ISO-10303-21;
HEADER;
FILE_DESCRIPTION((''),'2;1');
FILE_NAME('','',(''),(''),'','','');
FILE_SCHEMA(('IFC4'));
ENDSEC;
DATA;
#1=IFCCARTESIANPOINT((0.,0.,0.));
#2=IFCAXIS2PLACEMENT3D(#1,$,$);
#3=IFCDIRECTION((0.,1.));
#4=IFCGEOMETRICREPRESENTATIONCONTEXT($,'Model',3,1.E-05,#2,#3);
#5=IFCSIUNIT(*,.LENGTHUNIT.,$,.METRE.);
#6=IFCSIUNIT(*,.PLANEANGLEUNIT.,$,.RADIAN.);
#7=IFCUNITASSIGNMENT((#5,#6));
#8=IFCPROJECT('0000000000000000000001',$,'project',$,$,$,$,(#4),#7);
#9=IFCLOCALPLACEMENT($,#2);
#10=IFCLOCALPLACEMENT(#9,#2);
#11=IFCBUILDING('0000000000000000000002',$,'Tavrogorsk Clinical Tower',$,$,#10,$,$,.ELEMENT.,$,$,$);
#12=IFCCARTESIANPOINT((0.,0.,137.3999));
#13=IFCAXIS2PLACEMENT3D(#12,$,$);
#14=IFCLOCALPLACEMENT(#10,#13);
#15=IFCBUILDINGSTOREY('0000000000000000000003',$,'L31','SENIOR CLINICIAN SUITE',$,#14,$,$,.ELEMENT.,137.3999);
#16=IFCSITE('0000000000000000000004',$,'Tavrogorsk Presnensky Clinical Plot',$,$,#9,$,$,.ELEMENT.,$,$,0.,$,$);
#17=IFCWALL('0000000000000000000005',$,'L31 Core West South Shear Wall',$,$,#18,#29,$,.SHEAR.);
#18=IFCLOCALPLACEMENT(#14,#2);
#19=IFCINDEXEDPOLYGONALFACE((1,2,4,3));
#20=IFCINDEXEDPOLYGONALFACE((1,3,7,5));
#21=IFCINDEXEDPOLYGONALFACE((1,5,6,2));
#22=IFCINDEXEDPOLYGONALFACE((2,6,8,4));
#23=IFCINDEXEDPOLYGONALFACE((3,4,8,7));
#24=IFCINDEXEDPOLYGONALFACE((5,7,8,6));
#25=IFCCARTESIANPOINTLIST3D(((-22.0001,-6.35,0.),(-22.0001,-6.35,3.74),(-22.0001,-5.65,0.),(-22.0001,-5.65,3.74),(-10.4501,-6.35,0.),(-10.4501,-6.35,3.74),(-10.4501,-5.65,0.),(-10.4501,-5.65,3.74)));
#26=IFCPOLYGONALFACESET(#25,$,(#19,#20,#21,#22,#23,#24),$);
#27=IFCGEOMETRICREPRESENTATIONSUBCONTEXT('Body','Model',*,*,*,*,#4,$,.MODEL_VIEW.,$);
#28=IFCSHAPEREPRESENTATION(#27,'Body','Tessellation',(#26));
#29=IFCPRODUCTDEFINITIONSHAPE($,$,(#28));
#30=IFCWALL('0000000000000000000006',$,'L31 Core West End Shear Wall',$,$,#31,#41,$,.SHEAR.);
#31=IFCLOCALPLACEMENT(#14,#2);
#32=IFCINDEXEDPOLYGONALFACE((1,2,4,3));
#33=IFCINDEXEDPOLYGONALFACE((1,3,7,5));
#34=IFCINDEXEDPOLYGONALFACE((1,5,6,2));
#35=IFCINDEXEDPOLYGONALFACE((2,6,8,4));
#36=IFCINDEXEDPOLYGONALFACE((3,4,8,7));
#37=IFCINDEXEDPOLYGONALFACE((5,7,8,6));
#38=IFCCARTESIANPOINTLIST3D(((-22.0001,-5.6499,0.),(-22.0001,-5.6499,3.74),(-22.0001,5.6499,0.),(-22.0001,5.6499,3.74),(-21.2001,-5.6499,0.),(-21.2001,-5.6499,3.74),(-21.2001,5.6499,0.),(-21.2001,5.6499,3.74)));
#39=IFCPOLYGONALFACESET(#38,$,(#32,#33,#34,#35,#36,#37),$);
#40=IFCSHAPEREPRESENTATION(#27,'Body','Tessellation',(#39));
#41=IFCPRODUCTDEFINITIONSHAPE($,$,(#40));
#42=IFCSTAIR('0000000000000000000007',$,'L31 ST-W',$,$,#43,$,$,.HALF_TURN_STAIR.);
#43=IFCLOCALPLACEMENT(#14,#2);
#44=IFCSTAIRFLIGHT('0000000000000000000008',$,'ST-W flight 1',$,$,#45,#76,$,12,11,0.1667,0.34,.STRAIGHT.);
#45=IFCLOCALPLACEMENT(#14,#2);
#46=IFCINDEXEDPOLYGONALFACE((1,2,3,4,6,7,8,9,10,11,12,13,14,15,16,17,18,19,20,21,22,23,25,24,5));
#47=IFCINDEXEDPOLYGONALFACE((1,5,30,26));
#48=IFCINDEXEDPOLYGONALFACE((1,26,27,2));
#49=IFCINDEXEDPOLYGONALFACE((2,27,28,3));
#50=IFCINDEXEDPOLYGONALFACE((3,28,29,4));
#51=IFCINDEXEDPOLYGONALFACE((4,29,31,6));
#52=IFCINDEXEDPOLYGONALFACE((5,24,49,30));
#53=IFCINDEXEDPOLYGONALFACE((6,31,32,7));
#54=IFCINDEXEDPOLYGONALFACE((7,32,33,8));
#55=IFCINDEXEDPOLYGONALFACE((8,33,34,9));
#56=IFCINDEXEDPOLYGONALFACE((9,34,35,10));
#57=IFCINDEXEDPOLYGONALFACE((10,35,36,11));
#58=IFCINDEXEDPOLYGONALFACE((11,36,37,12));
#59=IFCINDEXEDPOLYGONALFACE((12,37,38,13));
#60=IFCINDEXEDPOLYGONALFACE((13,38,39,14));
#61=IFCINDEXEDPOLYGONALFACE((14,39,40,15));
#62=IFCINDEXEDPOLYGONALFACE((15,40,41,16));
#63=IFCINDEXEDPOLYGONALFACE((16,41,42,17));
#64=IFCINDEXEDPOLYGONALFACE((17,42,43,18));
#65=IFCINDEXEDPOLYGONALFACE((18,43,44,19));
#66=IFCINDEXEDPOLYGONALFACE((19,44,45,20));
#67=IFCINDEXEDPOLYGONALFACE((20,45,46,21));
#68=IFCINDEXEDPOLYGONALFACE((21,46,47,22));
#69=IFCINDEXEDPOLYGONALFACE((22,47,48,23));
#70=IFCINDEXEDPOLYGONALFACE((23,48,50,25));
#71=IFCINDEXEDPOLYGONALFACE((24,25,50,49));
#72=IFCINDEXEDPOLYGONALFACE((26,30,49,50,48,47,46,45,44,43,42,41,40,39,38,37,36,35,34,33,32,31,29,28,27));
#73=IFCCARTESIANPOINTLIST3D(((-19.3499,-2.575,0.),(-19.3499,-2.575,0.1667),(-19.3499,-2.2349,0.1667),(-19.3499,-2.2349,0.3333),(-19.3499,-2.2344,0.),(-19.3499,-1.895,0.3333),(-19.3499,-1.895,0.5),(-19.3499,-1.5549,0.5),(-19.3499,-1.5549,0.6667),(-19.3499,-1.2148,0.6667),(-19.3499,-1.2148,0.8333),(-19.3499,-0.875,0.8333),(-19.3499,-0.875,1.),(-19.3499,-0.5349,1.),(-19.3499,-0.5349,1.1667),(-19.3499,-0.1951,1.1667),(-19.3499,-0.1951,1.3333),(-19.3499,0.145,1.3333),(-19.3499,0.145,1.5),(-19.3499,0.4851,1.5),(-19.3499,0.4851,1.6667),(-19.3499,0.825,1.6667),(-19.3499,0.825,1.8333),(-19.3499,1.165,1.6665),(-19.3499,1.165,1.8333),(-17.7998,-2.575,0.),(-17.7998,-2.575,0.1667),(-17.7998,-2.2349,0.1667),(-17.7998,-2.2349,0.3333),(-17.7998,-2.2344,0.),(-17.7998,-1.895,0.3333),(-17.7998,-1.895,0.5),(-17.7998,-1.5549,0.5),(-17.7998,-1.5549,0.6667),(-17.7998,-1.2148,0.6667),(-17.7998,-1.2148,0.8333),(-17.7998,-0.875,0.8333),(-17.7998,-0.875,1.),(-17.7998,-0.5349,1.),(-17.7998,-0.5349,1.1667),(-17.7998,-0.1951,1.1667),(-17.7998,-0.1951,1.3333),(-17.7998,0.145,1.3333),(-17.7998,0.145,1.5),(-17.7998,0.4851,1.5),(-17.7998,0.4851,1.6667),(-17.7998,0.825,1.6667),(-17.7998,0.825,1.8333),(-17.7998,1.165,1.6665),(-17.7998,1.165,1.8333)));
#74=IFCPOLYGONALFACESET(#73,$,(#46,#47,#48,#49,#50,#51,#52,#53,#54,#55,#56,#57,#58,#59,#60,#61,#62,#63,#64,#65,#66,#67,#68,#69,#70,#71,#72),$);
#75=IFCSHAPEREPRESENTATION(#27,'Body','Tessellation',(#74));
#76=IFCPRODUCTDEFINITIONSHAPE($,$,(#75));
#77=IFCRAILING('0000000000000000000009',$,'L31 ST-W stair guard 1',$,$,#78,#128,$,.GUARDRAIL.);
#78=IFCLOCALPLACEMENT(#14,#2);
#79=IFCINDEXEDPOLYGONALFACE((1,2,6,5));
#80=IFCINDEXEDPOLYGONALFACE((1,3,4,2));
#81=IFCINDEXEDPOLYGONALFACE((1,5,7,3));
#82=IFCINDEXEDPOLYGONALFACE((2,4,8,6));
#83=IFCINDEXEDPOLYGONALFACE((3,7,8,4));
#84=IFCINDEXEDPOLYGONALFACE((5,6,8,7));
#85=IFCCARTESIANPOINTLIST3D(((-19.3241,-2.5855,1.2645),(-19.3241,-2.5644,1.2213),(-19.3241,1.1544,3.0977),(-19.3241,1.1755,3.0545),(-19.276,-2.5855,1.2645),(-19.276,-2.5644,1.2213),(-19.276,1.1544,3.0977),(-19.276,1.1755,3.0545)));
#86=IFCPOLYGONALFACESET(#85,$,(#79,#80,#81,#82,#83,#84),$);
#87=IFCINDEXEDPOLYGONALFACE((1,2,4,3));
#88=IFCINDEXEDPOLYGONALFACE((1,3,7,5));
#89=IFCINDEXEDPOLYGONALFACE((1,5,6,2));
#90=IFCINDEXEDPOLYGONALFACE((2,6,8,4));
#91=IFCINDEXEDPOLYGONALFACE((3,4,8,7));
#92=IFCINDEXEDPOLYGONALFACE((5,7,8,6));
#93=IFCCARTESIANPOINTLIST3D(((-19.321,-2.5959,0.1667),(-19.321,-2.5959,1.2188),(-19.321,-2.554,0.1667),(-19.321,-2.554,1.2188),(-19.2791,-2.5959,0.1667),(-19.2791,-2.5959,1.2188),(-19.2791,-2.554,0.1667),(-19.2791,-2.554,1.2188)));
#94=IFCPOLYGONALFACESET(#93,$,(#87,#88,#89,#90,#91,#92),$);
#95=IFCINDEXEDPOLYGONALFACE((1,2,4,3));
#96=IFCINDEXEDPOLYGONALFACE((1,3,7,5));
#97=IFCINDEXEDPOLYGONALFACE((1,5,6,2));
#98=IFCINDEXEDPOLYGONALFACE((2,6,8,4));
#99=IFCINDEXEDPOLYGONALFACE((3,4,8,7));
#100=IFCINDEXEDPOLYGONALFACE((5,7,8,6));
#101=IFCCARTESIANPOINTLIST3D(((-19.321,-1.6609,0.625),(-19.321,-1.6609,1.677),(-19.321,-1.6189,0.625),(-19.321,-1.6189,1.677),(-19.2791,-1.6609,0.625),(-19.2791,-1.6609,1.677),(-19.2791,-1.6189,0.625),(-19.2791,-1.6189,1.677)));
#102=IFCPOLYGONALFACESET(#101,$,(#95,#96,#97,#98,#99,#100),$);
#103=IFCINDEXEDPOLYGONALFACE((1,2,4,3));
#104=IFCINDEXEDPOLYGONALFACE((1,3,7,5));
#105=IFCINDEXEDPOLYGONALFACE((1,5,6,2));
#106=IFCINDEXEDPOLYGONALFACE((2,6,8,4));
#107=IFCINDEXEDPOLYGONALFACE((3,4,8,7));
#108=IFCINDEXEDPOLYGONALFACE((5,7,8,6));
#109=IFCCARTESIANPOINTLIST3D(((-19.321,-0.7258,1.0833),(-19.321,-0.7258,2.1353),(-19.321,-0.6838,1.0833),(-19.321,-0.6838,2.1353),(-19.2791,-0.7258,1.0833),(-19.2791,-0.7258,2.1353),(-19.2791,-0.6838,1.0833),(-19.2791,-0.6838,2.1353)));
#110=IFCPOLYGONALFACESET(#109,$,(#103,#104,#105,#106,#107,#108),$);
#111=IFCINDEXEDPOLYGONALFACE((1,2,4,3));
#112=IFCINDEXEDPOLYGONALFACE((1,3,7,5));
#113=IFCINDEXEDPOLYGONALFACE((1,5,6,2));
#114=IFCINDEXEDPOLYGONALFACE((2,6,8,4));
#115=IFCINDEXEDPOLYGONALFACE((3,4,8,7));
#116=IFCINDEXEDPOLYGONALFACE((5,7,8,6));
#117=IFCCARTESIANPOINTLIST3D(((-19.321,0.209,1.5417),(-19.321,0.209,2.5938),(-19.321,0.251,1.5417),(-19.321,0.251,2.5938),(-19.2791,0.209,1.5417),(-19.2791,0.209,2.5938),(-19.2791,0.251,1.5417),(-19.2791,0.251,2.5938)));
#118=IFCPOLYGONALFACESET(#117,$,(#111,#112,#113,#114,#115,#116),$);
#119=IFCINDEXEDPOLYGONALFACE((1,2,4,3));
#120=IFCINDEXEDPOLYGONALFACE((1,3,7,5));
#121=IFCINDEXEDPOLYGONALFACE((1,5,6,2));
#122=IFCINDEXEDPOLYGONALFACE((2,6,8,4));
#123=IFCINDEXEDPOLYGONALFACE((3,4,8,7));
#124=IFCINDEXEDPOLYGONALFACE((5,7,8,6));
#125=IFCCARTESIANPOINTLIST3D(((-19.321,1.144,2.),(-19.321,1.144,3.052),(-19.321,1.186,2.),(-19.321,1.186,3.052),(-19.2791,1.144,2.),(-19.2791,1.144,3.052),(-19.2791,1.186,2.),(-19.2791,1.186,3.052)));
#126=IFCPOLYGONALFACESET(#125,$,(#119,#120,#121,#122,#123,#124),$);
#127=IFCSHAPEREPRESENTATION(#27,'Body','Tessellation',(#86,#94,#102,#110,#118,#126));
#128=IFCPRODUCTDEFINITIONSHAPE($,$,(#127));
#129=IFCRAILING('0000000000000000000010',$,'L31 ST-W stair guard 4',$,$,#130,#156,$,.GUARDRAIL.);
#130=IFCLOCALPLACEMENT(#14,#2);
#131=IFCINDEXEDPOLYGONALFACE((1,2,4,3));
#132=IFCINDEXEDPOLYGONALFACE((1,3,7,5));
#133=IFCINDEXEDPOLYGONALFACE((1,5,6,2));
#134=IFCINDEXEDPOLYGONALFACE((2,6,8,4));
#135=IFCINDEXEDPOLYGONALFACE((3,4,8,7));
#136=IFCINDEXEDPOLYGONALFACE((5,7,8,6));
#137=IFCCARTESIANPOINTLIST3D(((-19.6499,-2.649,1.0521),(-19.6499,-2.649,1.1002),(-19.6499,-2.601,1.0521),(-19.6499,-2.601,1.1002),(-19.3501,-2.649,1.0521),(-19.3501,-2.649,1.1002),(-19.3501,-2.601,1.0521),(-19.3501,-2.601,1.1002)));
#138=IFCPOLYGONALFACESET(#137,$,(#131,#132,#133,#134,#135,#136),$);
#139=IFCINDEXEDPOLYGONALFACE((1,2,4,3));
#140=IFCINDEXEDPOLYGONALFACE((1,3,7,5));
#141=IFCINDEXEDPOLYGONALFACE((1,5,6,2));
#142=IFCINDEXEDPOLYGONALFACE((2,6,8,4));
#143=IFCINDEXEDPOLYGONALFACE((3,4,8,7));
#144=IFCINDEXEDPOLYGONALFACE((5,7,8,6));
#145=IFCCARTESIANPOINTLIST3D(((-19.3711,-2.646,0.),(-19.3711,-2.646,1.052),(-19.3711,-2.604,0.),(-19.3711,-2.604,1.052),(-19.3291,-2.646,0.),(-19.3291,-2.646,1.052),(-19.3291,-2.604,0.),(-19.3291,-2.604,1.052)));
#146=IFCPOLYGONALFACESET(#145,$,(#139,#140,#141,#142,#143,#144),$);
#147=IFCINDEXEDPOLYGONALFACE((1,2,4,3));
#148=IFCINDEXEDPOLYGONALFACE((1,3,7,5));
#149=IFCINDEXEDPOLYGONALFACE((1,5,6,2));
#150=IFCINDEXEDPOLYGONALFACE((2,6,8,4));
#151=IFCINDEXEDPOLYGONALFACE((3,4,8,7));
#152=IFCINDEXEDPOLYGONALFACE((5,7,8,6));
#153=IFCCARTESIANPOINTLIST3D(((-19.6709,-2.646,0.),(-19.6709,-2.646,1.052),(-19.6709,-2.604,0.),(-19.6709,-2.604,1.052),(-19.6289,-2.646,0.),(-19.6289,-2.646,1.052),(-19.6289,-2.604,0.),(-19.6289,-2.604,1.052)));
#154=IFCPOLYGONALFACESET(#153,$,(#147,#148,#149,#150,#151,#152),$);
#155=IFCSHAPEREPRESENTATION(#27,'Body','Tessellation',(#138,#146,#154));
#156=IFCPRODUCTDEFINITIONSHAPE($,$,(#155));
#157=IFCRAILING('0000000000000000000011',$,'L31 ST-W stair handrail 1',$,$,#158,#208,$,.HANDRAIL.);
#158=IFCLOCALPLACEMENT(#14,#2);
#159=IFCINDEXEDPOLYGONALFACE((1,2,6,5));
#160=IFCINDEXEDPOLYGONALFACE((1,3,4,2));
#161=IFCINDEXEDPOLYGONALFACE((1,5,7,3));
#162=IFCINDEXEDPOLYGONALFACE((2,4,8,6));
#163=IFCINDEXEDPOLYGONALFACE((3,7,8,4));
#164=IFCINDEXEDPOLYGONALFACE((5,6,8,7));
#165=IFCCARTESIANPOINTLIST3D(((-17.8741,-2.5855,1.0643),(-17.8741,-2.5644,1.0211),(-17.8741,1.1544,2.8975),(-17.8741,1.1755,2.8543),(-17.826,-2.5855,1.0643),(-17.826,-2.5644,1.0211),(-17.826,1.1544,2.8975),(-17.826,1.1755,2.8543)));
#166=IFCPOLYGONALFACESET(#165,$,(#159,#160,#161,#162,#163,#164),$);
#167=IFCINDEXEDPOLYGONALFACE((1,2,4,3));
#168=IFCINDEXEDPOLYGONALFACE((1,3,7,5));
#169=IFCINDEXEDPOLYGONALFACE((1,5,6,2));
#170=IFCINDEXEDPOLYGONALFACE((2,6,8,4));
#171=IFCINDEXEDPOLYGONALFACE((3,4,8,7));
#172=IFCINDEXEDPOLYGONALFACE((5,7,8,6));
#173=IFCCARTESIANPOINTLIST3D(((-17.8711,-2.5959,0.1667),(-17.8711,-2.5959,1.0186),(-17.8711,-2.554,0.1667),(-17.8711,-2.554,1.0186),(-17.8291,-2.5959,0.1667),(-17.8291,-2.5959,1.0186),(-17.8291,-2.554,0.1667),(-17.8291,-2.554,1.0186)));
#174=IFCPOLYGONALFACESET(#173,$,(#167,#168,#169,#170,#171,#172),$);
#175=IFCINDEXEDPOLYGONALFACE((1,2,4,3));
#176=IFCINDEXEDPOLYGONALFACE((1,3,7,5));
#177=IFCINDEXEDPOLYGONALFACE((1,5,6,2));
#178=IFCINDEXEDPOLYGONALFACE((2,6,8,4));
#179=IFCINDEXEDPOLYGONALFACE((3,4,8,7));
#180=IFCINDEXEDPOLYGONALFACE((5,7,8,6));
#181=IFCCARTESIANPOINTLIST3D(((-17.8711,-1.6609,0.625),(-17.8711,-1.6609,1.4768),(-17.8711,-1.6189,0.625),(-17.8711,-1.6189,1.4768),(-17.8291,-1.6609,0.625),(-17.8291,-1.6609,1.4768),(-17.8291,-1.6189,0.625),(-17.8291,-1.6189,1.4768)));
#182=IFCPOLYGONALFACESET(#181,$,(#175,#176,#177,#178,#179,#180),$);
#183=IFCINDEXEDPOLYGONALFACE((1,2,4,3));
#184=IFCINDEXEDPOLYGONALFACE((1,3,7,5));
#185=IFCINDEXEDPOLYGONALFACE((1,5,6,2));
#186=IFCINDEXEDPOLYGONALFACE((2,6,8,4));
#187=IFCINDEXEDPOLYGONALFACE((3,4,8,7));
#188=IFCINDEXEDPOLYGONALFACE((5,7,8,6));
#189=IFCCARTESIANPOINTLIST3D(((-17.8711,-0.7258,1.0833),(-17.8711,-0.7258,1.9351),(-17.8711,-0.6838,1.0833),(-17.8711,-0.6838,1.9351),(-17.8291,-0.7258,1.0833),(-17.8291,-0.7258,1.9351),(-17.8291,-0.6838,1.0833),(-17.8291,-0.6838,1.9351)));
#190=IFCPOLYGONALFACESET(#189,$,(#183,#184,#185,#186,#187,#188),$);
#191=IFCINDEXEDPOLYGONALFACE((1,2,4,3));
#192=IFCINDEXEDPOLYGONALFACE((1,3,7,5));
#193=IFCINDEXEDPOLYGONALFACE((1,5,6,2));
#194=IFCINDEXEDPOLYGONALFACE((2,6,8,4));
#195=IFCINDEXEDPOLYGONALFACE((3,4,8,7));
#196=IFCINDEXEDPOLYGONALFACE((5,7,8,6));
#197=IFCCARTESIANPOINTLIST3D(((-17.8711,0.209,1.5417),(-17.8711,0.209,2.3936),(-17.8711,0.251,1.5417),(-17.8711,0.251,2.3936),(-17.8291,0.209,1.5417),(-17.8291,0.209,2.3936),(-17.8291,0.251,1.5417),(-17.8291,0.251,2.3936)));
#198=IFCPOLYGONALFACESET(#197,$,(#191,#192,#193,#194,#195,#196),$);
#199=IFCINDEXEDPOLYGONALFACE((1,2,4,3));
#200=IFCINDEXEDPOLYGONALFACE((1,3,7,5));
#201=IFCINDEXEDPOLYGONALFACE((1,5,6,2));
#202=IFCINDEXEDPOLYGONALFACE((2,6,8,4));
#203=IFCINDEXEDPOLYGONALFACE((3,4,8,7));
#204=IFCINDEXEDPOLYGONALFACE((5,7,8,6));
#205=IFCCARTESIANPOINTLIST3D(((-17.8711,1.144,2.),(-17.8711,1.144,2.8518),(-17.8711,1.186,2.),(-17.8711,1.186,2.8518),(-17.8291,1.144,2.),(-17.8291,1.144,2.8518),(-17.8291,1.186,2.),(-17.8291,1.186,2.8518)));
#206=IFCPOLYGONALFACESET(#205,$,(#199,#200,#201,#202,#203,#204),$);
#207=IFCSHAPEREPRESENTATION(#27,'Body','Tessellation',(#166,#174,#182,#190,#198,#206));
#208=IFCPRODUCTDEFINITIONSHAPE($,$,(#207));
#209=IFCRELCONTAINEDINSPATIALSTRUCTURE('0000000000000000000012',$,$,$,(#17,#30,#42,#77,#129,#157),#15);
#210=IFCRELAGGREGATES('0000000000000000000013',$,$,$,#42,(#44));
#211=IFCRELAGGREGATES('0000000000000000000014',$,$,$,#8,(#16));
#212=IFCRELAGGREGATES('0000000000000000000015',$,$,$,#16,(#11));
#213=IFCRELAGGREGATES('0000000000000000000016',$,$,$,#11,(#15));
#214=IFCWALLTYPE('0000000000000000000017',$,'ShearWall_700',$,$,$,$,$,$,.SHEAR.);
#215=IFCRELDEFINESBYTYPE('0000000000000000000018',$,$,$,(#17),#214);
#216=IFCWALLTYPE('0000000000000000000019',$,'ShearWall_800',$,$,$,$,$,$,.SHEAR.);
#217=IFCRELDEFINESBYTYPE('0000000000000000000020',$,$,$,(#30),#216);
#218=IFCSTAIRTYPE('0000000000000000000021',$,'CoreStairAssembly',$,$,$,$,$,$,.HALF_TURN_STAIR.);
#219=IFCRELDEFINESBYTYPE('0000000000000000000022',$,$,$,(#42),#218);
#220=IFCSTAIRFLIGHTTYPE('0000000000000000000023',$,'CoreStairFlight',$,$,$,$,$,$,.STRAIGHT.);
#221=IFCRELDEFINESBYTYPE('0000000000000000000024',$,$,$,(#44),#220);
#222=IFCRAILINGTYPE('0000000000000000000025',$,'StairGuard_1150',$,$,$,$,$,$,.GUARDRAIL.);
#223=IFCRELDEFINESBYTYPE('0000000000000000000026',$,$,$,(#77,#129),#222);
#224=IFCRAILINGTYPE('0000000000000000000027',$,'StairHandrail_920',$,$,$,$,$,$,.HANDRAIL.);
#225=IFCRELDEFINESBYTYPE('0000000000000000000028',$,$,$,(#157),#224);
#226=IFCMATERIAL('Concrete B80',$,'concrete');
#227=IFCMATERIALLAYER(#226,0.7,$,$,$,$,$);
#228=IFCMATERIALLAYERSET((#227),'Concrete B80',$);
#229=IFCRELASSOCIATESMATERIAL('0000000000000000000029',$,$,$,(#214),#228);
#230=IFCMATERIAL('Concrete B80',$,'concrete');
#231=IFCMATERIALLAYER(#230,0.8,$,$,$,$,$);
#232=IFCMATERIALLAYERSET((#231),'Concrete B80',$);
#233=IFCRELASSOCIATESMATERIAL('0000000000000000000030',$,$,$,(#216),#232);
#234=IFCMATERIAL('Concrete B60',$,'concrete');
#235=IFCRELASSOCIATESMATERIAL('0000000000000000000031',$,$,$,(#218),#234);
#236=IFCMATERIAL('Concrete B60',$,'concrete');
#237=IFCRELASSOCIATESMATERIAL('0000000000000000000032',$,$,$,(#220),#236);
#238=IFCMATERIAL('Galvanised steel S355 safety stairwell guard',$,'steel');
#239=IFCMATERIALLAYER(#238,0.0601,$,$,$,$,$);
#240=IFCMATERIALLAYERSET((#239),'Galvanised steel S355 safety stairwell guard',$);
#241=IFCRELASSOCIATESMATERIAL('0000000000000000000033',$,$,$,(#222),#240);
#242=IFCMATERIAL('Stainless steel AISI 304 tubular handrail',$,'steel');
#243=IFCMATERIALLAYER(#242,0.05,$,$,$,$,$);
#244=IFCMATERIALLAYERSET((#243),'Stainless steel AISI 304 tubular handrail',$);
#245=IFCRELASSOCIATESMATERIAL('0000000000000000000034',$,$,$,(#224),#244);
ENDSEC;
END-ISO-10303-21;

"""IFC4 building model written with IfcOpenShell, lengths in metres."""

from ifc_helpers import new_model, si_unit, direction, frame, frame_2d, origin, origin_2d, place, context, subcontext, project, spatial, polyline, rectangle, outline, extrude, material, layer, layer_set, type_object, element, aggregate, save


model = new_model("IFC4")

# Units and contexts
model_context = context("Model", 3, precision=1e-05, world=origin(), true_north=direction((0.0, 1.0)))
body_context = subcontext(model_context, "Body", "Model", "MODEL_VIEW")
ifc_project = project(units=[si_unit("LENGTHUNIT", "METRE"), si_unit("PLANEANGLEUNIT", "RADIAN")], contexts=[model_context])

# Site, building, storey
site_placement = place(None, origin())
site = spatial("IfcSite", under=ifc_project, at=site_placement, Name="Tavrogorsk Presnensky Clinical Plot", CompositionType="ELEMENT", RefElevation=0.0)
building_placement = place(site_placement, origin())
building = spatial("IfcBuilding", under=site, at=building_placement, Name="Tavrogorsk Clinical Tower", CompositionType="ELEMENT")
storey_placement = place(building_placement, frame((0.0, 0.0, 137.3999)))
storey = spatial("IfcBuildingStorey", under=building, at=storey_placement, Name="L31", Description="SENIOR CLINICIAN SUITE", CompositionType="ELEMENT", Elevation=137.3999)

# Walls
ifc_material_1 = material(Name="Concrete B80", Category="concrete")
ifc_layer_1 = layer(ifc_material_1, 0.7)
ifc_layer_set_1 = layer_set([ifc_layer_1], Name="Concrete B80")
wall_type_1 = type_object("IfcWallType", Name="ShearWall_700", PredefinedType="SHEAR", material=ifc_layer_set_1)
wall_1_placement = place(storey_placement, frame((-22.0, -6.0, 0.0), z_axis=(0.0, 0.0, 1.0), x_axis=(1.0, 0.0, 0.0)))
element("IfcWall", 1, at=wall_1_placement, inside=storey, type_object=wall_type_1, Name="L31 Core West South Shear Wall", PredefinedType="SHEAR", context=body_context, shape_type="SweptSolid", body=[
    extrude(rectangle(XDim=11.55, YDim=0.7, at=frame_2d((5.7749, 0.0))), origin(), (0.0, 0.0, 1.0), 3.74),
])
ifc_material_2 = material(Name="Concrete B80", Category="concrete")
ifc_layer_2 = layer(ifc_material_2, 0.8)
ifc_layer_set_2 = layer_set([ifc_layer_2], Name="Concrete B80")
wall_type_2 = type_object("IfcWallType", Name="ShearWall_800", PredefinedType="SHEAR", material=ifc_layer_set_2)
wall_2_placement = place(storey_placement, frame((-21.6001, -5.6499, 0.0), z_axis=(0.0, 0.0, 1.0), x_axis=(0.0, 1.0, 0.0)))
element("IfcWall", 2, at=wall_2_placement, inside=storey, type_object=wall_type_2, Name="L31 Core West End Shear Wall", PredefinedType="SHEAR", context=body_context, shape_type="SweptSolid", body=[
    extrude(rectangle(XDim=11.2998, YDim=0.8, at=frame_2d((5.6499, 0.0))), origin(), (0.0, 0.0, 1.0), 3.74),
])

# Stair, stair flight
ifc_material_3 = material(Name="Concrete B60", Category="concrete")
stair_type = type_object("IfcStairType", Name="CoreStairAssembly", PredefinedType="HALF_TURN_STAIR", material=ifc_material_3)
stair_placement = place(storey_placement, origin())
stair = element("IfcStair", 3, at=stair_placement, inside=storey, type_object=stair_type, Name="L31 ST-W", PredefinedType="HALF_TURN_STAIR")
ifc_material_4 = material(Name="Concrete B60", Category="concrete")
stair_flight_type = type_object("IfcStairFlightType", Name="CoreStairFlight", PredefinedType="STRAIGHT", material=ifc_material_4)
stair_flight_placement = place(storey_placement, frame((-18.575, -2.575, 0.0), z_axis=(0.0, 0.0, 1.0), x_axis=(0.0, 1.0, 0.0)))
stair_flight = element("IfcStairFlight", 4, at=stair_flight_placement, type_object=stair_flight_type, Name="ST-W flight 1", NumberOfRisers=12, NumberOfTreads=11, PredefinedType="STRAIGHT", RiserHeight=0.1667, TreadLength=0.34, context=body_context, shape_type="SweptSolid", body=[
    extrude(outline(polyline([(0.0, 0.0), (0.0, 0.1667), (0.3401, 0.1667), (0.3401, 0.3333), (0.6799, 0.3333), (0.6799, 0.5), (1.02, 0.5), (1.02, 0.6667), (1.3601, 0.6667), (1.3601, 0.8333), (1.7, 0.8333), (1.7, 1.0), (2.04, 1.0), (2.04, 1.1667), (2.3799, 1.1667), (2.3799, 1.3333), (2.72, 1.3333), (2.72, 1.5), (3.0601, 1.5), (3.0601, 1.6667), (3.3999, 1.6667), (3.3999, 1.8333), (3.74, 1.8333), (3.74, 2.0), (3.74, 1.6665), (0.3406, 0.0), (0.0, 0.0)])), frame((0.0, 0.7749, 0.0), z_axis=(0.0, -1.0, 0.0), x_axis=(1.0, 0.0, 0.0)), (0.0, 0.0, 1.0), 1.55),
])
aggregate(stair, [stair_flight])

# Railings
ifc_material_5 = material(Name="Galvanised steel S355 safety stairwell guard", Category="steel")
ifc_layer_3 = layer(ifc_material_5, 0.0601)
ifc_layer_set_3 = layer_set([ifc_layer_3], Name="Galvanised steel S355 safety stairwell guard")
railing_type_1 = type_object("IfcRailingType", Name="StairGuard_1150", PredefinedType="GUARDRAIL", material=ifc_layer_set_3)
railing_1_placement = place(storey_placement, frame((-19.3, -2.575, 0.1667)))
element("IfcRailing", 5, at=railing_1_placement, inside=storey, type_object=railing_type_1, Name="L31 ST-W stair guard 1", PredefinedType="GUARDRAIL", context=body_context, shape_type="SweptSolid", body=[
    extrude(rectangle(XDim=0.0481, YDim=0.0481, at=origin_2d()), frame((0.0, 0.0, 1.0762), z_axis=(0.0, 0.897928, 0.440142), x_axis=(-1.0, 0.0, 0.0)), (0.0, 0.0, 1.0), 4.165),
    extrude(rectangle(XDim=0.042, YDim=0.042, at=origin_2d()), origin(), (0.0, 0.0, 1.0), 1.052),
    extrude(rectangle(XDim=0.042, YDim=0.042, at=origin_2d()), frame((0.0, 0.9351, 0.4583)), (0.0, 0.0, 1.0), 1.052),
    extrude(rectangle(XDim=0.042, YDim=0.042, at=origin_2d()), frame((0.0, 1.8701, 0.9165)), (0.0, 0.0, 1.0), 1.052),
    extrude(rectangle(XDim=0.042, YDim=0.042, at=origin_2d()), frame((0.0, 2.8049, 1.375)), (0.0, 0.0, 1.0), 1.052),
    extrude(rectangle(XDim=0.042, YDim=0.042, at=origin_2d()), frame((0.0, 3.74, 1.8333)), (0.0, 0.0, 1.0), 1.052),
])
railing_2_placement = place(storey_placement, frame((-19.3501, -2.625, 0.0)))
element("IfcRailing", 6, at=railing_2_placement, inside=storey, type_object=railing_type_1, Name="L31 ST-W stair guard 4", PredefinedType="GUARDRAIL", context=body_context, shape_type="SweptSolid", body=[
    extrude(rectangle(XDim=0.0481, YDim=0.0481, at=origin_2d()), frame((0.0, 0.0, 1.0762), z_axis=(-1.0, 0.0, 0.0), x_axis=(0.0, -1.0, 0.0)), (0.0, 0.0, 1.0), 0.2998),
    extrude(rectangle(XDim=0.042, YDim=0.042, at=origin_2d()), origin(), (0.0, 0.0, 1.0), 1.052),
    extrude(rectangle(XDim=0.042, YDim=0.042, at=origin_2d()), frame((-0.2998, 0.0, 0.0)), (0.0, 0.0, 1.0), 1.052),
])
ifc_material_6 = material(Name="Stainless steel AISI 304 tubular handrail", Category="steel")
ifc_layer_4 = layer(ifc_material_6, 0.05)
ifc_layer_set_4 = layer_set([ifc_layer_4], Name="Stainless steel AISI 304 tubular handrail")
railing_type_2 = type_object("IfcRailingType", Name="StairHandrail_920", PredefinedType="HANDRAIL", material=ifc_layer_set_4)
railing_3_placement = place(storey_placement, frame((-17.8501, -2.575, 0.1667)))
element("IfcRailing", 7, at=railing_3_placement, inside=storey, type_object=railing_type_2, Name="L31 ST-W stair handrail 1", PredefinedType="HANDRAIL", context=body_context, shape_type="SweptSolid", body=[
    extrude(rectangle(XDim=0.0481, YDim=0.0481, at=origin_2d()), frame((0.0, 0.0, 0.876), z_axis=(0.0, 0.897928, 0.440142), x_axis=(-1.0, 0.0, 0.0)), (0.0, 0.0, 1.0), 4.165),
    extrude(rectangle(XDim=0.042, YDim=0.042, at=origin_2d()), origin(), (0.0, 0.0, 1.0), 0.8518),
    extrude(rectangle(XDim=0.042, YDim=0.042, at=origin_2d()), frame((0.0, 0.9351, 0.4583)), (0.0, 0.0, 1.0), 0.8518),
    extrude(rectangle(XDim=0.042, YDim=0.042, at=origin_2d()), frame((0.0, 1.8701, 0.9165)), (0.0, 0.0, 1.0), 0.8518),
    extrude(rectangle(XDim=0.042, YDim=0.042, at=origin_2d()), frame((0.0, 2.8049, 1.375)), (0.0, 0.0, 1.0), 0.8518),
    extrude(rectangle(XDim=0.042, YDim=0.042, at=origin_2d()), frame((0.0, 3.74, 1.8333)), (0.0, 0.0, 1.0), 0.8518),
])

save(model, "model.ifc")
